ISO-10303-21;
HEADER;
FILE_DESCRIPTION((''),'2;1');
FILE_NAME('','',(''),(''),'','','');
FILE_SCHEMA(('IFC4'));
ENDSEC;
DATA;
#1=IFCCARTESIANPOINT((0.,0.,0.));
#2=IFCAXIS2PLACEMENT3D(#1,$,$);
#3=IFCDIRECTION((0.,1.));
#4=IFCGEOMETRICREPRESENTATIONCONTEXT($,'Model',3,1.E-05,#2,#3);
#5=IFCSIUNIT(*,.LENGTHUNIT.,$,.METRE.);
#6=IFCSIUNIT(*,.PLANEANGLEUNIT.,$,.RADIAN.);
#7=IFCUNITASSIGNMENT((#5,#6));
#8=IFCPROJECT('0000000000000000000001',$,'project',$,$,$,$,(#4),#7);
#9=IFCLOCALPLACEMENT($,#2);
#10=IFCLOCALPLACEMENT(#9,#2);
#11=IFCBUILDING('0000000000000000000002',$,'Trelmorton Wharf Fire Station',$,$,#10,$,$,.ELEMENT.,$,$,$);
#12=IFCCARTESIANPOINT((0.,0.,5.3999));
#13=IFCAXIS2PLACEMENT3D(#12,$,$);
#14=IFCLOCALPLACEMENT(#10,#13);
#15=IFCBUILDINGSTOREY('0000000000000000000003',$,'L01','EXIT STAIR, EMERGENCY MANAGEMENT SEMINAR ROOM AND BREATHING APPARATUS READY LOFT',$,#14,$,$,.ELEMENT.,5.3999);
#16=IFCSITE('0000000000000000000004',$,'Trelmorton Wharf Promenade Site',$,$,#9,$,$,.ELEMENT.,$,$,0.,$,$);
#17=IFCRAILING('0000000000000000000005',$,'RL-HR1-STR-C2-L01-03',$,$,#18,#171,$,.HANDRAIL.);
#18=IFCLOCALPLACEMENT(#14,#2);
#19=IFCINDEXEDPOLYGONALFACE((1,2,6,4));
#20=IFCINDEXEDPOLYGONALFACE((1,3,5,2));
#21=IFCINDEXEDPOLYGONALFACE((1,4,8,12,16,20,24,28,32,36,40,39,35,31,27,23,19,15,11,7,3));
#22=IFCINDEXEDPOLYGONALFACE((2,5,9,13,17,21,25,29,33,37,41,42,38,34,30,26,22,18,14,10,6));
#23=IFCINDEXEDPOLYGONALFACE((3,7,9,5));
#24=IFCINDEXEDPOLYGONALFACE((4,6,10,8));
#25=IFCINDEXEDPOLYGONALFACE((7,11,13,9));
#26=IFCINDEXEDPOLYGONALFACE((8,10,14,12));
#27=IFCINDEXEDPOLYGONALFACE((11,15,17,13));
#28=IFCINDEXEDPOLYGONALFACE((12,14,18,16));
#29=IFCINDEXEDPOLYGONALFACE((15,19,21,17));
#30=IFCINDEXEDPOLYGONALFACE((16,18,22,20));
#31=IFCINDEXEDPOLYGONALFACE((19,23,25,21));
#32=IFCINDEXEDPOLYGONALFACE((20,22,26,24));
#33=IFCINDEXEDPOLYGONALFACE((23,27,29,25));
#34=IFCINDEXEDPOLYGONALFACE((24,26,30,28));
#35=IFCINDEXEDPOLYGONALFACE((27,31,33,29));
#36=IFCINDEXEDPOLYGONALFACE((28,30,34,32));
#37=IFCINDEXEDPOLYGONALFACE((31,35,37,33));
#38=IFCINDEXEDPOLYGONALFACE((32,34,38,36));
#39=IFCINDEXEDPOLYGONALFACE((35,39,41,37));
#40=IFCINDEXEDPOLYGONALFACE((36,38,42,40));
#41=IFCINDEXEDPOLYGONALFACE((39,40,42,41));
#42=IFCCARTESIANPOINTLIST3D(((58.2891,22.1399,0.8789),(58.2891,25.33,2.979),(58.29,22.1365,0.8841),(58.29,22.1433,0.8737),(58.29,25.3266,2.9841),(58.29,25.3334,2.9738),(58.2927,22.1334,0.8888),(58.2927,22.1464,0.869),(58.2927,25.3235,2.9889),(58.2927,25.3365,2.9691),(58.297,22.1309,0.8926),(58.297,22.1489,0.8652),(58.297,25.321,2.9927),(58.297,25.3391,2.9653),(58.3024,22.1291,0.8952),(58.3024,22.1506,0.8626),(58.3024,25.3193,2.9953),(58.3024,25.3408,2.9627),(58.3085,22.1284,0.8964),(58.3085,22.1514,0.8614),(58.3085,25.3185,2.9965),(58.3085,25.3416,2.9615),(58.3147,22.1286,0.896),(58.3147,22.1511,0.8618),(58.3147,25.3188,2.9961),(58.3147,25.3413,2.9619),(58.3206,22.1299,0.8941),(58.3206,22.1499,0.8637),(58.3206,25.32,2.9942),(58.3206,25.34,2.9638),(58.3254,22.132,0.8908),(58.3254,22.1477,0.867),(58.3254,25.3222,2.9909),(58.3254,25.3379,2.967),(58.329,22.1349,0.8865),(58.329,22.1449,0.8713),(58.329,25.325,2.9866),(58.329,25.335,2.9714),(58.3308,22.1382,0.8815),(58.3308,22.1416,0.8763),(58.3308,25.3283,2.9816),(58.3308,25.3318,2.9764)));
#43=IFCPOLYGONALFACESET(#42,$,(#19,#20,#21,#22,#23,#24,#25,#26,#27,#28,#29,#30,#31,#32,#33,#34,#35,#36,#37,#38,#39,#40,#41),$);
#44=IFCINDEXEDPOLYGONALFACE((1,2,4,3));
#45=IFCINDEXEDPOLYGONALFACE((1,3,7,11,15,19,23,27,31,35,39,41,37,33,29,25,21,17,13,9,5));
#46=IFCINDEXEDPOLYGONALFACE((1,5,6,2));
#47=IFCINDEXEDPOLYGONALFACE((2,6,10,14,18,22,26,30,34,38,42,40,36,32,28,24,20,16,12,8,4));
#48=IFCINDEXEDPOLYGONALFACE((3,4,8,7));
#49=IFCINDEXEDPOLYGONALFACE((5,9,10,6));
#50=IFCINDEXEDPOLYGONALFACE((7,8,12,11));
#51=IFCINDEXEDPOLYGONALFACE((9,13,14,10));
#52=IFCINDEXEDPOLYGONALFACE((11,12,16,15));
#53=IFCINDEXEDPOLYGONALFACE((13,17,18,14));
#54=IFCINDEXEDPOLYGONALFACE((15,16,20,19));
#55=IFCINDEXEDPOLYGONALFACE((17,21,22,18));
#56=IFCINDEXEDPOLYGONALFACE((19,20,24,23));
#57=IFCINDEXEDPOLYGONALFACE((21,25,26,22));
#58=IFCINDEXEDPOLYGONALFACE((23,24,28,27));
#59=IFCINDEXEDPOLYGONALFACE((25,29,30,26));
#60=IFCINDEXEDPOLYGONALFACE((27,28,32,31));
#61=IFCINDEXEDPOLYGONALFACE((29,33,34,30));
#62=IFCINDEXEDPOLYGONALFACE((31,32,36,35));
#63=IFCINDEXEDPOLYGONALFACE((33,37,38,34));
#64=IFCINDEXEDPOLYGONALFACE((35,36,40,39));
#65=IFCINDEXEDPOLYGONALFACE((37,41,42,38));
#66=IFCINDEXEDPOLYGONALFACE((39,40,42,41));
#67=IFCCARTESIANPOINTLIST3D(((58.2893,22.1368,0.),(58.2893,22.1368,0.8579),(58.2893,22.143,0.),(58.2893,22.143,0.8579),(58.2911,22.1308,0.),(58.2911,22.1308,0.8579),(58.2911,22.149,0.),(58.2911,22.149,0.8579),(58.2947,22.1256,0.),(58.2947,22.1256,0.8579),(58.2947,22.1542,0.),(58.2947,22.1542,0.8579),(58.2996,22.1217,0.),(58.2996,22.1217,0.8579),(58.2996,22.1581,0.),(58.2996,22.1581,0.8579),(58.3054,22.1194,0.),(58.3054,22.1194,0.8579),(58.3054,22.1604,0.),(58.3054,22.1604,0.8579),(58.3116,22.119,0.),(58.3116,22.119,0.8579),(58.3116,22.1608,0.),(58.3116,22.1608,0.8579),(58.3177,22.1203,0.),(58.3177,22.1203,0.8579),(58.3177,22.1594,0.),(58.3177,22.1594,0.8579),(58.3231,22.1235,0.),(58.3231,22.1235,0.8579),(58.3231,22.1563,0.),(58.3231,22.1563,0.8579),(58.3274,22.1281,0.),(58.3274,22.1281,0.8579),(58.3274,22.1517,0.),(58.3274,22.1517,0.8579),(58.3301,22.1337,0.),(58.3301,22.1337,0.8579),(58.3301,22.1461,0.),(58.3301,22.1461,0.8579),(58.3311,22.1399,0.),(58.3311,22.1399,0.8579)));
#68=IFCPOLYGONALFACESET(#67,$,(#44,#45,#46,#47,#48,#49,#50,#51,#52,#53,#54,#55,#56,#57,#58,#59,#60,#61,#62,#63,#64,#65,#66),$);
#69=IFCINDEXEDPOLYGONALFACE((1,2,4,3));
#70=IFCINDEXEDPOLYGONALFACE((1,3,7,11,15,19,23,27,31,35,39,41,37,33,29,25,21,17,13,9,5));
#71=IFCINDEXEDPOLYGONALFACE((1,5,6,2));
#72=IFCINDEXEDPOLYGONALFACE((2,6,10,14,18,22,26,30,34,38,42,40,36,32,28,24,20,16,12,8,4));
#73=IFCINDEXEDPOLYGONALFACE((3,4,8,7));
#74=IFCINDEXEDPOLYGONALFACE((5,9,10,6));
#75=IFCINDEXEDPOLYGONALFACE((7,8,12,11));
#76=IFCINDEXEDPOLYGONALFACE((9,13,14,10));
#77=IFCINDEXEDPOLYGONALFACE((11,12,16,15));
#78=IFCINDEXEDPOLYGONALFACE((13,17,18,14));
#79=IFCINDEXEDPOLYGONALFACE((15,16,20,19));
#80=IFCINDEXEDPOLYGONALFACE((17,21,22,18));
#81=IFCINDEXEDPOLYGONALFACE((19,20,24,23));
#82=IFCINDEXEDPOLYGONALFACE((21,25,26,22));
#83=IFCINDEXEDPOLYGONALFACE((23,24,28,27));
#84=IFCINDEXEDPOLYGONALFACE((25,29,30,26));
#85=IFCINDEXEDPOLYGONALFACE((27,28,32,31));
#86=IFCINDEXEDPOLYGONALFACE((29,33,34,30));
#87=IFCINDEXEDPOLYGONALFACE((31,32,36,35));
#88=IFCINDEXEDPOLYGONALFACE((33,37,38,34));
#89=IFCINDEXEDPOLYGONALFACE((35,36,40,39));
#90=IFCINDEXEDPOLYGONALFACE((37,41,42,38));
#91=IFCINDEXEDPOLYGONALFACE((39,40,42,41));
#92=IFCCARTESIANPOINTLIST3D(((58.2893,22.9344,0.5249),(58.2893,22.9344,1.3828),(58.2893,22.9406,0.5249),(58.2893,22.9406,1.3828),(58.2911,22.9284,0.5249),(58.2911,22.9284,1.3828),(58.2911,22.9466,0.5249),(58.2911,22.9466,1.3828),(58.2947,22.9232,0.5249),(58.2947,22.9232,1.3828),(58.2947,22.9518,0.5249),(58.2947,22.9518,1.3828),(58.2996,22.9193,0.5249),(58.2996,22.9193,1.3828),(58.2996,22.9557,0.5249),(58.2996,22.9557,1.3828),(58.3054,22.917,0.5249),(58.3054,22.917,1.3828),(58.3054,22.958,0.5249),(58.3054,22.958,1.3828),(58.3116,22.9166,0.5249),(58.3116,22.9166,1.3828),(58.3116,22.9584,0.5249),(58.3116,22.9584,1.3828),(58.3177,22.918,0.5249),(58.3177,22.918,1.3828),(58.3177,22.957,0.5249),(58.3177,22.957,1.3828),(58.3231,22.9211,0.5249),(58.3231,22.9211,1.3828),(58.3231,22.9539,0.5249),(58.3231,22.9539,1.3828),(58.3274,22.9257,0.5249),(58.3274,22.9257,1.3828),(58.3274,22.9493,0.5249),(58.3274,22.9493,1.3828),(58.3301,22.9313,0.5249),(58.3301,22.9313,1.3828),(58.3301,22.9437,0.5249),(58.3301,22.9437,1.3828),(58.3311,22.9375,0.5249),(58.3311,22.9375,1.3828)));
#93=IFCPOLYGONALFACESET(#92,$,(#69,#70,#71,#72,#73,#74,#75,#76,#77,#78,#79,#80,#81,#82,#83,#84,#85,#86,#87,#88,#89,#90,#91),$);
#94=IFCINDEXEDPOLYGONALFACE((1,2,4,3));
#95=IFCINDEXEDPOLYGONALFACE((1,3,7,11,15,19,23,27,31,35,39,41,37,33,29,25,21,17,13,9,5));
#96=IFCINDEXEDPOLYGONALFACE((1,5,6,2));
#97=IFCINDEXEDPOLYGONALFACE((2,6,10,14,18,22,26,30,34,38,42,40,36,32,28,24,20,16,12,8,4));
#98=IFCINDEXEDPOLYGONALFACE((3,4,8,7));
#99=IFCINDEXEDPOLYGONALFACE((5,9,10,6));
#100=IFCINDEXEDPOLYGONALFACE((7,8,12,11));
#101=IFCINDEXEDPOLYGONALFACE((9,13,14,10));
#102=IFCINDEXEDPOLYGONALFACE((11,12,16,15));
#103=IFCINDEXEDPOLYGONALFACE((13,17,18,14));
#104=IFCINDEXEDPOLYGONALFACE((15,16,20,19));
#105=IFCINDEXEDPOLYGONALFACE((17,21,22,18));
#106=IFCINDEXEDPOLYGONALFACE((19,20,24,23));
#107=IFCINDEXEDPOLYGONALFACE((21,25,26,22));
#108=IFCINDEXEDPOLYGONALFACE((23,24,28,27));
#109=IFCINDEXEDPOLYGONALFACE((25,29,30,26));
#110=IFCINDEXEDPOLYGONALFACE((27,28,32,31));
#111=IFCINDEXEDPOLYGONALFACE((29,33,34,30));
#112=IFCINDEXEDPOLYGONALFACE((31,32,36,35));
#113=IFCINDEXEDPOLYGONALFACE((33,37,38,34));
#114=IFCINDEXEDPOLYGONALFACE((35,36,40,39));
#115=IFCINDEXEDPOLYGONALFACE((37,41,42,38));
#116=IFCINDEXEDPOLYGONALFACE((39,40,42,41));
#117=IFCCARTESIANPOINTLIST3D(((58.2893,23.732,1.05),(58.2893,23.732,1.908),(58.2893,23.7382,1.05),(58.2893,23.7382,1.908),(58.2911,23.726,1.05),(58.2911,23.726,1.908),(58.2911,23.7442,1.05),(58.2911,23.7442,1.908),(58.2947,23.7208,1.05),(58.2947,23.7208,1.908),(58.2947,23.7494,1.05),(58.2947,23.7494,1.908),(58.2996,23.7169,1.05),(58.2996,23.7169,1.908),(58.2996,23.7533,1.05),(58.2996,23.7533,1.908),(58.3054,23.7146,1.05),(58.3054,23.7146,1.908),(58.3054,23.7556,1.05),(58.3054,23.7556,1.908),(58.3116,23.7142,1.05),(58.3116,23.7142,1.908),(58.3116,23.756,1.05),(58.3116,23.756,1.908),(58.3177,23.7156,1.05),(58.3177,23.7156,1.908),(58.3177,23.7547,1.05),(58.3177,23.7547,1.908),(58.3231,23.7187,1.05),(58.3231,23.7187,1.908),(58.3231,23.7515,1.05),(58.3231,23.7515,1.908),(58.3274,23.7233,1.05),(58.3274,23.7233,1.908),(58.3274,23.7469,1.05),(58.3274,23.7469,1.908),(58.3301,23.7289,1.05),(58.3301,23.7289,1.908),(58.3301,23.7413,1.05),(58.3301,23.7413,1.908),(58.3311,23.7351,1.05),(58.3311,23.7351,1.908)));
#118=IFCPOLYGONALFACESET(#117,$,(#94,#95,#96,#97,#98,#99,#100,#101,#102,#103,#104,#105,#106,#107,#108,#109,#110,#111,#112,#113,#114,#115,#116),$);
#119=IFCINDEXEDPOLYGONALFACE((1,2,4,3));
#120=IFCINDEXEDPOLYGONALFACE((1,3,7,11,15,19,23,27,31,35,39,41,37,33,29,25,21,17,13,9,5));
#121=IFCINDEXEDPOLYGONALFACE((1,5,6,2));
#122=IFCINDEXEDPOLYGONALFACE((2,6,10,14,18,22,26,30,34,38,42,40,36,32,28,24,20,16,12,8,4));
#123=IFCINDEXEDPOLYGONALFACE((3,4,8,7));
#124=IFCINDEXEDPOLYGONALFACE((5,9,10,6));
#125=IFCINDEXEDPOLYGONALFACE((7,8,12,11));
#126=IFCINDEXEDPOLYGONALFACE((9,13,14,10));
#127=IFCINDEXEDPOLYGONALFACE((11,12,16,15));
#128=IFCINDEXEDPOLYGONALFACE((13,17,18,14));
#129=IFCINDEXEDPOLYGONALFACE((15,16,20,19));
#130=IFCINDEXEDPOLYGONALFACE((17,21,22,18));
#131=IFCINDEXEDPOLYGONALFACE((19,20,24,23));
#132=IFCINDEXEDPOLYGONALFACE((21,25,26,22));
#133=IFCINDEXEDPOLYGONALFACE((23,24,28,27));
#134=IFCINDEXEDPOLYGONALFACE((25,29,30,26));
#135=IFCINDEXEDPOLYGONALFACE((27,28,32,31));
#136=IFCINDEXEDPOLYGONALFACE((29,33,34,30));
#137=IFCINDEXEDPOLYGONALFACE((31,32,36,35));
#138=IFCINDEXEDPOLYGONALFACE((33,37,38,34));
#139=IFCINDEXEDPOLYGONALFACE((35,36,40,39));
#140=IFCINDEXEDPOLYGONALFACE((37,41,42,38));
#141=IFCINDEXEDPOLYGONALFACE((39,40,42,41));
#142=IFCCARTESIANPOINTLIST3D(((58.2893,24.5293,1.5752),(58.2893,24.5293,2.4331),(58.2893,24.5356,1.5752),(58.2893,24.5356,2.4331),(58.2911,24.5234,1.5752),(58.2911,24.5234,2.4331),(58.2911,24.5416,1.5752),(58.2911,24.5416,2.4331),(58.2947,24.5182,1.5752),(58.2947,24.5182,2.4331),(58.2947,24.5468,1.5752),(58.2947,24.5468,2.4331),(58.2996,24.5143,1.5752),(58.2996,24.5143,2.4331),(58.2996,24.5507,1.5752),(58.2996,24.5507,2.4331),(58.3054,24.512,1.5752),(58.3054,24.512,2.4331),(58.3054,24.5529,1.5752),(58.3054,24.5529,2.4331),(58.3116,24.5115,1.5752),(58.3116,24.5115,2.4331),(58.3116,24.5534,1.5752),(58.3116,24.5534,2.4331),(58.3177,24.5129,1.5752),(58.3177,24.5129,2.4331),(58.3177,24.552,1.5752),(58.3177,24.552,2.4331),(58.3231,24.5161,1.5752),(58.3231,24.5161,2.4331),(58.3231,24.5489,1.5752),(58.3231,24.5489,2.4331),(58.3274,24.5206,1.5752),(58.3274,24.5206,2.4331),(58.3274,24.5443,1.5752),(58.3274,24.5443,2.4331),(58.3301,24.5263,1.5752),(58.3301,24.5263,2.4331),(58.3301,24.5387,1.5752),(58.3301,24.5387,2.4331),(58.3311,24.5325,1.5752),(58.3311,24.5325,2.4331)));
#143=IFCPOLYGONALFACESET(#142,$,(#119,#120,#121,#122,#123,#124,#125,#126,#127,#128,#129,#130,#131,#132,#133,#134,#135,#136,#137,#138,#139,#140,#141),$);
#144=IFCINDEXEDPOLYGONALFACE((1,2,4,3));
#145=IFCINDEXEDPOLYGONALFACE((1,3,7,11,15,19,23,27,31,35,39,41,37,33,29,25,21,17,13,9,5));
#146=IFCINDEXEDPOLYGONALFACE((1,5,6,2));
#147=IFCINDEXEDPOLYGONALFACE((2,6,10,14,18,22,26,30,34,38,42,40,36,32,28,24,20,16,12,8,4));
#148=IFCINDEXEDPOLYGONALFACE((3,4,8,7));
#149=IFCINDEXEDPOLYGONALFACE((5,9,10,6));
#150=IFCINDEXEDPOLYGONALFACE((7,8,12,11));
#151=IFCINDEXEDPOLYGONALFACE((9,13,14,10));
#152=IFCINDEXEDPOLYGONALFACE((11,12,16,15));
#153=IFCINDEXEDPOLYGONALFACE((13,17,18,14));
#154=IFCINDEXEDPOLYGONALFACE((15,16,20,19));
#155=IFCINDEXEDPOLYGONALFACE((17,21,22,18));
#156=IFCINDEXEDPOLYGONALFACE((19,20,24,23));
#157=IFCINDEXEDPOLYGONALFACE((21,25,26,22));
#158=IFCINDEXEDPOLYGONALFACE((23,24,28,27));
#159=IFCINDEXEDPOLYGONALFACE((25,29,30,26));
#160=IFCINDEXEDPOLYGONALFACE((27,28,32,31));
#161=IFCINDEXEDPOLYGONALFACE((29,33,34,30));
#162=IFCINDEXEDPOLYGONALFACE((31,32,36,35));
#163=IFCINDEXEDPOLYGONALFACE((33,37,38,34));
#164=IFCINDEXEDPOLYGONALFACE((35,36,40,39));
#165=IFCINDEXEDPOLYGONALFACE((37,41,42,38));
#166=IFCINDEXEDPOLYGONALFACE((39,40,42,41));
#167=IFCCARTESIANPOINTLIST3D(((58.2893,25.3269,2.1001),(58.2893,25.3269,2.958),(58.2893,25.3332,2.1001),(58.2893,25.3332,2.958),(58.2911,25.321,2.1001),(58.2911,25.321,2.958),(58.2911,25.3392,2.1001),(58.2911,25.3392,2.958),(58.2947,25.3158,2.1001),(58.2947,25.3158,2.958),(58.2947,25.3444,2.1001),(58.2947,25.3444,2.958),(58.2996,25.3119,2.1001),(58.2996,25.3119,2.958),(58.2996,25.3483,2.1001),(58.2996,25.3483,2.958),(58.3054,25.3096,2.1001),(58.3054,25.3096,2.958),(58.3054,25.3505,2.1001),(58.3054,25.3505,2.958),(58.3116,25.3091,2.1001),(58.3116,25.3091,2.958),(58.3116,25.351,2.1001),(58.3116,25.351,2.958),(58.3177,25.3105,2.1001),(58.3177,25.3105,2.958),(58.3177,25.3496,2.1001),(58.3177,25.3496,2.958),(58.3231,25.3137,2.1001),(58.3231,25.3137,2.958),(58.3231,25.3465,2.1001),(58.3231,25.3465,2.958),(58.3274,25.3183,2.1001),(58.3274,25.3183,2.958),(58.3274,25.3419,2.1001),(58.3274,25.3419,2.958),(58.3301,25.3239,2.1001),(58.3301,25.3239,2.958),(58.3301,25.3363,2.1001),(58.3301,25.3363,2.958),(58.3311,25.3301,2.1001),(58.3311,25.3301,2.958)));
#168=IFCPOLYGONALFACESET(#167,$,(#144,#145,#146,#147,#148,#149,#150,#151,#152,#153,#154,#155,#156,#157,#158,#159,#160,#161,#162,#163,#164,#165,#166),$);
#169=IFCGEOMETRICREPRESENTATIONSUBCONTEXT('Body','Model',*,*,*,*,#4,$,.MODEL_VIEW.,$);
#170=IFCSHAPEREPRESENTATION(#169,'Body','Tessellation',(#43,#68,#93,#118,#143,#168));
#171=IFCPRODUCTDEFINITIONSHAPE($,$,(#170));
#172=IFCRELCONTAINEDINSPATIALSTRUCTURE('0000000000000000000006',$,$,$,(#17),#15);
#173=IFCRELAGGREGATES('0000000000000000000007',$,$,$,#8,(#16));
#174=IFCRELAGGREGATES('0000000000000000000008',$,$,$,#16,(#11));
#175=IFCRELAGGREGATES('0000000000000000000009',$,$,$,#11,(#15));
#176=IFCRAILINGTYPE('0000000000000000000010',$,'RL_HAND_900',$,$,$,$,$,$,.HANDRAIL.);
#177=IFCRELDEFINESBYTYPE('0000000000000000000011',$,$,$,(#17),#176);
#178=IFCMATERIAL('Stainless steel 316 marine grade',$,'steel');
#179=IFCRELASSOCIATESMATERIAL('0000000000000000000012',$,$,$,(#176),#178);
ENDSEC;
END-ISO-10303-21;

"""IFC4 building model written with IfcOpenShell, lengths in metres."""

from ifc_helpers import new_model, si_unit, direction, frame, origin, origin_2d, place, context, subcontext, project, spatial, circle, extrude, material, type_object, element, save


model = new_model("IFC4")

# Units and contexts
model_context = context("Model", 3, precision=1e-05, world=origin(), true_north=direction((0.0, 1.0)))
body_context = subcontext(model_context, "Body", "Model", "MODEL_VIEW")
ifc_project = project(units=[si_unit("LENGTHUNIT", "METRE"), si_unit("PLANEANGLEUNIT", "RADIAN")], contexts=[model_context])

# Site, building, storey
site_placement = place(None, origin())
site = spatial("IfcSite", under=ifc_project, at=site_placement, Name="Trelmorton Wharf Promenade Site", CompositionType="ELEMENT", RefElevation=0.0)
building_placement = place(site_placement, origin())
building = spatial("IfcBuilding", under=site, at=building_placement, Name="Trelmorton Wharf Fire Station", CompositionType="ELEMENT")
storey_placement = place(building_placement, frame((0.0, 0.0, 5.3999)))
storey = spatial("IfcBuildingStorey", under=building, at=storey_placement, Name="L01", Description="EXIT STAIR, EMERGENCY MANAGEMENT SEMINAR ROOM AND BREATHING APPARATUS READY LOFT", CompositionType="ELEMENT", Elevation=5.3999)

# Shared definitions
ifc_material_1 = material(Name="Stainless steel 316 marine grade", Category="steel")

# Railing
railing_type_1 = type_object("IfcRailingType", Name="RL_HAND_900", PredefinedType="HANDRAIL", material=ifc_material_1)
railing_1_placement = place(storey_placement, frame((58.3101, 22.1399, 0.0)))
element("IfcRailing", 1, at=railing_1_placement, inside=storey, type_object=railing_type_1, Name="RL-HR1-STR-C2-L01-03", PredefinedType="HANDRAIL", context=body_context, shape_type="SweptSolid", body=[
    extrude(circle(Radius=0.021, at=origin_2d()), frame((0.0, 0.0, 0.8789), z_axis=(0.0, 0.835262, 0.549852), x_axis=(-1.0, 0.0, 0.0)), (0.0, 0.0, 1.0), 3.8193),
    extrude(circle(Radius=0.021, at=origin_2d()), origin(), (0.0, 0.0, 1.0), 0.8579),
    extrude(circle(Radius=0.021, at=origin_2d()), frame((0.0, 0.7976, 0.5249)), (0.0, 0.0, 1.0), 0.8579),
    extrude(circle(Radius=0.021, at=origin_2d()), frame((0.0, 1.5952, 1.05)), (0.0, 0.0, 1.0), 0.8579),
    extrude(circle(Radius=0.021, at=origin_2d()), frame((0.0, 2.3926, 1.5752)), (0.0, 0.0, 1.0), 0.8579),
    extrude(circle(Radius=0.021, at=origin_2d()), frame((0.0, 3.1902, 2.1001)), (0.0, 0.0, 1.0), 0.8579),
])

save(model, "model.ifc")
